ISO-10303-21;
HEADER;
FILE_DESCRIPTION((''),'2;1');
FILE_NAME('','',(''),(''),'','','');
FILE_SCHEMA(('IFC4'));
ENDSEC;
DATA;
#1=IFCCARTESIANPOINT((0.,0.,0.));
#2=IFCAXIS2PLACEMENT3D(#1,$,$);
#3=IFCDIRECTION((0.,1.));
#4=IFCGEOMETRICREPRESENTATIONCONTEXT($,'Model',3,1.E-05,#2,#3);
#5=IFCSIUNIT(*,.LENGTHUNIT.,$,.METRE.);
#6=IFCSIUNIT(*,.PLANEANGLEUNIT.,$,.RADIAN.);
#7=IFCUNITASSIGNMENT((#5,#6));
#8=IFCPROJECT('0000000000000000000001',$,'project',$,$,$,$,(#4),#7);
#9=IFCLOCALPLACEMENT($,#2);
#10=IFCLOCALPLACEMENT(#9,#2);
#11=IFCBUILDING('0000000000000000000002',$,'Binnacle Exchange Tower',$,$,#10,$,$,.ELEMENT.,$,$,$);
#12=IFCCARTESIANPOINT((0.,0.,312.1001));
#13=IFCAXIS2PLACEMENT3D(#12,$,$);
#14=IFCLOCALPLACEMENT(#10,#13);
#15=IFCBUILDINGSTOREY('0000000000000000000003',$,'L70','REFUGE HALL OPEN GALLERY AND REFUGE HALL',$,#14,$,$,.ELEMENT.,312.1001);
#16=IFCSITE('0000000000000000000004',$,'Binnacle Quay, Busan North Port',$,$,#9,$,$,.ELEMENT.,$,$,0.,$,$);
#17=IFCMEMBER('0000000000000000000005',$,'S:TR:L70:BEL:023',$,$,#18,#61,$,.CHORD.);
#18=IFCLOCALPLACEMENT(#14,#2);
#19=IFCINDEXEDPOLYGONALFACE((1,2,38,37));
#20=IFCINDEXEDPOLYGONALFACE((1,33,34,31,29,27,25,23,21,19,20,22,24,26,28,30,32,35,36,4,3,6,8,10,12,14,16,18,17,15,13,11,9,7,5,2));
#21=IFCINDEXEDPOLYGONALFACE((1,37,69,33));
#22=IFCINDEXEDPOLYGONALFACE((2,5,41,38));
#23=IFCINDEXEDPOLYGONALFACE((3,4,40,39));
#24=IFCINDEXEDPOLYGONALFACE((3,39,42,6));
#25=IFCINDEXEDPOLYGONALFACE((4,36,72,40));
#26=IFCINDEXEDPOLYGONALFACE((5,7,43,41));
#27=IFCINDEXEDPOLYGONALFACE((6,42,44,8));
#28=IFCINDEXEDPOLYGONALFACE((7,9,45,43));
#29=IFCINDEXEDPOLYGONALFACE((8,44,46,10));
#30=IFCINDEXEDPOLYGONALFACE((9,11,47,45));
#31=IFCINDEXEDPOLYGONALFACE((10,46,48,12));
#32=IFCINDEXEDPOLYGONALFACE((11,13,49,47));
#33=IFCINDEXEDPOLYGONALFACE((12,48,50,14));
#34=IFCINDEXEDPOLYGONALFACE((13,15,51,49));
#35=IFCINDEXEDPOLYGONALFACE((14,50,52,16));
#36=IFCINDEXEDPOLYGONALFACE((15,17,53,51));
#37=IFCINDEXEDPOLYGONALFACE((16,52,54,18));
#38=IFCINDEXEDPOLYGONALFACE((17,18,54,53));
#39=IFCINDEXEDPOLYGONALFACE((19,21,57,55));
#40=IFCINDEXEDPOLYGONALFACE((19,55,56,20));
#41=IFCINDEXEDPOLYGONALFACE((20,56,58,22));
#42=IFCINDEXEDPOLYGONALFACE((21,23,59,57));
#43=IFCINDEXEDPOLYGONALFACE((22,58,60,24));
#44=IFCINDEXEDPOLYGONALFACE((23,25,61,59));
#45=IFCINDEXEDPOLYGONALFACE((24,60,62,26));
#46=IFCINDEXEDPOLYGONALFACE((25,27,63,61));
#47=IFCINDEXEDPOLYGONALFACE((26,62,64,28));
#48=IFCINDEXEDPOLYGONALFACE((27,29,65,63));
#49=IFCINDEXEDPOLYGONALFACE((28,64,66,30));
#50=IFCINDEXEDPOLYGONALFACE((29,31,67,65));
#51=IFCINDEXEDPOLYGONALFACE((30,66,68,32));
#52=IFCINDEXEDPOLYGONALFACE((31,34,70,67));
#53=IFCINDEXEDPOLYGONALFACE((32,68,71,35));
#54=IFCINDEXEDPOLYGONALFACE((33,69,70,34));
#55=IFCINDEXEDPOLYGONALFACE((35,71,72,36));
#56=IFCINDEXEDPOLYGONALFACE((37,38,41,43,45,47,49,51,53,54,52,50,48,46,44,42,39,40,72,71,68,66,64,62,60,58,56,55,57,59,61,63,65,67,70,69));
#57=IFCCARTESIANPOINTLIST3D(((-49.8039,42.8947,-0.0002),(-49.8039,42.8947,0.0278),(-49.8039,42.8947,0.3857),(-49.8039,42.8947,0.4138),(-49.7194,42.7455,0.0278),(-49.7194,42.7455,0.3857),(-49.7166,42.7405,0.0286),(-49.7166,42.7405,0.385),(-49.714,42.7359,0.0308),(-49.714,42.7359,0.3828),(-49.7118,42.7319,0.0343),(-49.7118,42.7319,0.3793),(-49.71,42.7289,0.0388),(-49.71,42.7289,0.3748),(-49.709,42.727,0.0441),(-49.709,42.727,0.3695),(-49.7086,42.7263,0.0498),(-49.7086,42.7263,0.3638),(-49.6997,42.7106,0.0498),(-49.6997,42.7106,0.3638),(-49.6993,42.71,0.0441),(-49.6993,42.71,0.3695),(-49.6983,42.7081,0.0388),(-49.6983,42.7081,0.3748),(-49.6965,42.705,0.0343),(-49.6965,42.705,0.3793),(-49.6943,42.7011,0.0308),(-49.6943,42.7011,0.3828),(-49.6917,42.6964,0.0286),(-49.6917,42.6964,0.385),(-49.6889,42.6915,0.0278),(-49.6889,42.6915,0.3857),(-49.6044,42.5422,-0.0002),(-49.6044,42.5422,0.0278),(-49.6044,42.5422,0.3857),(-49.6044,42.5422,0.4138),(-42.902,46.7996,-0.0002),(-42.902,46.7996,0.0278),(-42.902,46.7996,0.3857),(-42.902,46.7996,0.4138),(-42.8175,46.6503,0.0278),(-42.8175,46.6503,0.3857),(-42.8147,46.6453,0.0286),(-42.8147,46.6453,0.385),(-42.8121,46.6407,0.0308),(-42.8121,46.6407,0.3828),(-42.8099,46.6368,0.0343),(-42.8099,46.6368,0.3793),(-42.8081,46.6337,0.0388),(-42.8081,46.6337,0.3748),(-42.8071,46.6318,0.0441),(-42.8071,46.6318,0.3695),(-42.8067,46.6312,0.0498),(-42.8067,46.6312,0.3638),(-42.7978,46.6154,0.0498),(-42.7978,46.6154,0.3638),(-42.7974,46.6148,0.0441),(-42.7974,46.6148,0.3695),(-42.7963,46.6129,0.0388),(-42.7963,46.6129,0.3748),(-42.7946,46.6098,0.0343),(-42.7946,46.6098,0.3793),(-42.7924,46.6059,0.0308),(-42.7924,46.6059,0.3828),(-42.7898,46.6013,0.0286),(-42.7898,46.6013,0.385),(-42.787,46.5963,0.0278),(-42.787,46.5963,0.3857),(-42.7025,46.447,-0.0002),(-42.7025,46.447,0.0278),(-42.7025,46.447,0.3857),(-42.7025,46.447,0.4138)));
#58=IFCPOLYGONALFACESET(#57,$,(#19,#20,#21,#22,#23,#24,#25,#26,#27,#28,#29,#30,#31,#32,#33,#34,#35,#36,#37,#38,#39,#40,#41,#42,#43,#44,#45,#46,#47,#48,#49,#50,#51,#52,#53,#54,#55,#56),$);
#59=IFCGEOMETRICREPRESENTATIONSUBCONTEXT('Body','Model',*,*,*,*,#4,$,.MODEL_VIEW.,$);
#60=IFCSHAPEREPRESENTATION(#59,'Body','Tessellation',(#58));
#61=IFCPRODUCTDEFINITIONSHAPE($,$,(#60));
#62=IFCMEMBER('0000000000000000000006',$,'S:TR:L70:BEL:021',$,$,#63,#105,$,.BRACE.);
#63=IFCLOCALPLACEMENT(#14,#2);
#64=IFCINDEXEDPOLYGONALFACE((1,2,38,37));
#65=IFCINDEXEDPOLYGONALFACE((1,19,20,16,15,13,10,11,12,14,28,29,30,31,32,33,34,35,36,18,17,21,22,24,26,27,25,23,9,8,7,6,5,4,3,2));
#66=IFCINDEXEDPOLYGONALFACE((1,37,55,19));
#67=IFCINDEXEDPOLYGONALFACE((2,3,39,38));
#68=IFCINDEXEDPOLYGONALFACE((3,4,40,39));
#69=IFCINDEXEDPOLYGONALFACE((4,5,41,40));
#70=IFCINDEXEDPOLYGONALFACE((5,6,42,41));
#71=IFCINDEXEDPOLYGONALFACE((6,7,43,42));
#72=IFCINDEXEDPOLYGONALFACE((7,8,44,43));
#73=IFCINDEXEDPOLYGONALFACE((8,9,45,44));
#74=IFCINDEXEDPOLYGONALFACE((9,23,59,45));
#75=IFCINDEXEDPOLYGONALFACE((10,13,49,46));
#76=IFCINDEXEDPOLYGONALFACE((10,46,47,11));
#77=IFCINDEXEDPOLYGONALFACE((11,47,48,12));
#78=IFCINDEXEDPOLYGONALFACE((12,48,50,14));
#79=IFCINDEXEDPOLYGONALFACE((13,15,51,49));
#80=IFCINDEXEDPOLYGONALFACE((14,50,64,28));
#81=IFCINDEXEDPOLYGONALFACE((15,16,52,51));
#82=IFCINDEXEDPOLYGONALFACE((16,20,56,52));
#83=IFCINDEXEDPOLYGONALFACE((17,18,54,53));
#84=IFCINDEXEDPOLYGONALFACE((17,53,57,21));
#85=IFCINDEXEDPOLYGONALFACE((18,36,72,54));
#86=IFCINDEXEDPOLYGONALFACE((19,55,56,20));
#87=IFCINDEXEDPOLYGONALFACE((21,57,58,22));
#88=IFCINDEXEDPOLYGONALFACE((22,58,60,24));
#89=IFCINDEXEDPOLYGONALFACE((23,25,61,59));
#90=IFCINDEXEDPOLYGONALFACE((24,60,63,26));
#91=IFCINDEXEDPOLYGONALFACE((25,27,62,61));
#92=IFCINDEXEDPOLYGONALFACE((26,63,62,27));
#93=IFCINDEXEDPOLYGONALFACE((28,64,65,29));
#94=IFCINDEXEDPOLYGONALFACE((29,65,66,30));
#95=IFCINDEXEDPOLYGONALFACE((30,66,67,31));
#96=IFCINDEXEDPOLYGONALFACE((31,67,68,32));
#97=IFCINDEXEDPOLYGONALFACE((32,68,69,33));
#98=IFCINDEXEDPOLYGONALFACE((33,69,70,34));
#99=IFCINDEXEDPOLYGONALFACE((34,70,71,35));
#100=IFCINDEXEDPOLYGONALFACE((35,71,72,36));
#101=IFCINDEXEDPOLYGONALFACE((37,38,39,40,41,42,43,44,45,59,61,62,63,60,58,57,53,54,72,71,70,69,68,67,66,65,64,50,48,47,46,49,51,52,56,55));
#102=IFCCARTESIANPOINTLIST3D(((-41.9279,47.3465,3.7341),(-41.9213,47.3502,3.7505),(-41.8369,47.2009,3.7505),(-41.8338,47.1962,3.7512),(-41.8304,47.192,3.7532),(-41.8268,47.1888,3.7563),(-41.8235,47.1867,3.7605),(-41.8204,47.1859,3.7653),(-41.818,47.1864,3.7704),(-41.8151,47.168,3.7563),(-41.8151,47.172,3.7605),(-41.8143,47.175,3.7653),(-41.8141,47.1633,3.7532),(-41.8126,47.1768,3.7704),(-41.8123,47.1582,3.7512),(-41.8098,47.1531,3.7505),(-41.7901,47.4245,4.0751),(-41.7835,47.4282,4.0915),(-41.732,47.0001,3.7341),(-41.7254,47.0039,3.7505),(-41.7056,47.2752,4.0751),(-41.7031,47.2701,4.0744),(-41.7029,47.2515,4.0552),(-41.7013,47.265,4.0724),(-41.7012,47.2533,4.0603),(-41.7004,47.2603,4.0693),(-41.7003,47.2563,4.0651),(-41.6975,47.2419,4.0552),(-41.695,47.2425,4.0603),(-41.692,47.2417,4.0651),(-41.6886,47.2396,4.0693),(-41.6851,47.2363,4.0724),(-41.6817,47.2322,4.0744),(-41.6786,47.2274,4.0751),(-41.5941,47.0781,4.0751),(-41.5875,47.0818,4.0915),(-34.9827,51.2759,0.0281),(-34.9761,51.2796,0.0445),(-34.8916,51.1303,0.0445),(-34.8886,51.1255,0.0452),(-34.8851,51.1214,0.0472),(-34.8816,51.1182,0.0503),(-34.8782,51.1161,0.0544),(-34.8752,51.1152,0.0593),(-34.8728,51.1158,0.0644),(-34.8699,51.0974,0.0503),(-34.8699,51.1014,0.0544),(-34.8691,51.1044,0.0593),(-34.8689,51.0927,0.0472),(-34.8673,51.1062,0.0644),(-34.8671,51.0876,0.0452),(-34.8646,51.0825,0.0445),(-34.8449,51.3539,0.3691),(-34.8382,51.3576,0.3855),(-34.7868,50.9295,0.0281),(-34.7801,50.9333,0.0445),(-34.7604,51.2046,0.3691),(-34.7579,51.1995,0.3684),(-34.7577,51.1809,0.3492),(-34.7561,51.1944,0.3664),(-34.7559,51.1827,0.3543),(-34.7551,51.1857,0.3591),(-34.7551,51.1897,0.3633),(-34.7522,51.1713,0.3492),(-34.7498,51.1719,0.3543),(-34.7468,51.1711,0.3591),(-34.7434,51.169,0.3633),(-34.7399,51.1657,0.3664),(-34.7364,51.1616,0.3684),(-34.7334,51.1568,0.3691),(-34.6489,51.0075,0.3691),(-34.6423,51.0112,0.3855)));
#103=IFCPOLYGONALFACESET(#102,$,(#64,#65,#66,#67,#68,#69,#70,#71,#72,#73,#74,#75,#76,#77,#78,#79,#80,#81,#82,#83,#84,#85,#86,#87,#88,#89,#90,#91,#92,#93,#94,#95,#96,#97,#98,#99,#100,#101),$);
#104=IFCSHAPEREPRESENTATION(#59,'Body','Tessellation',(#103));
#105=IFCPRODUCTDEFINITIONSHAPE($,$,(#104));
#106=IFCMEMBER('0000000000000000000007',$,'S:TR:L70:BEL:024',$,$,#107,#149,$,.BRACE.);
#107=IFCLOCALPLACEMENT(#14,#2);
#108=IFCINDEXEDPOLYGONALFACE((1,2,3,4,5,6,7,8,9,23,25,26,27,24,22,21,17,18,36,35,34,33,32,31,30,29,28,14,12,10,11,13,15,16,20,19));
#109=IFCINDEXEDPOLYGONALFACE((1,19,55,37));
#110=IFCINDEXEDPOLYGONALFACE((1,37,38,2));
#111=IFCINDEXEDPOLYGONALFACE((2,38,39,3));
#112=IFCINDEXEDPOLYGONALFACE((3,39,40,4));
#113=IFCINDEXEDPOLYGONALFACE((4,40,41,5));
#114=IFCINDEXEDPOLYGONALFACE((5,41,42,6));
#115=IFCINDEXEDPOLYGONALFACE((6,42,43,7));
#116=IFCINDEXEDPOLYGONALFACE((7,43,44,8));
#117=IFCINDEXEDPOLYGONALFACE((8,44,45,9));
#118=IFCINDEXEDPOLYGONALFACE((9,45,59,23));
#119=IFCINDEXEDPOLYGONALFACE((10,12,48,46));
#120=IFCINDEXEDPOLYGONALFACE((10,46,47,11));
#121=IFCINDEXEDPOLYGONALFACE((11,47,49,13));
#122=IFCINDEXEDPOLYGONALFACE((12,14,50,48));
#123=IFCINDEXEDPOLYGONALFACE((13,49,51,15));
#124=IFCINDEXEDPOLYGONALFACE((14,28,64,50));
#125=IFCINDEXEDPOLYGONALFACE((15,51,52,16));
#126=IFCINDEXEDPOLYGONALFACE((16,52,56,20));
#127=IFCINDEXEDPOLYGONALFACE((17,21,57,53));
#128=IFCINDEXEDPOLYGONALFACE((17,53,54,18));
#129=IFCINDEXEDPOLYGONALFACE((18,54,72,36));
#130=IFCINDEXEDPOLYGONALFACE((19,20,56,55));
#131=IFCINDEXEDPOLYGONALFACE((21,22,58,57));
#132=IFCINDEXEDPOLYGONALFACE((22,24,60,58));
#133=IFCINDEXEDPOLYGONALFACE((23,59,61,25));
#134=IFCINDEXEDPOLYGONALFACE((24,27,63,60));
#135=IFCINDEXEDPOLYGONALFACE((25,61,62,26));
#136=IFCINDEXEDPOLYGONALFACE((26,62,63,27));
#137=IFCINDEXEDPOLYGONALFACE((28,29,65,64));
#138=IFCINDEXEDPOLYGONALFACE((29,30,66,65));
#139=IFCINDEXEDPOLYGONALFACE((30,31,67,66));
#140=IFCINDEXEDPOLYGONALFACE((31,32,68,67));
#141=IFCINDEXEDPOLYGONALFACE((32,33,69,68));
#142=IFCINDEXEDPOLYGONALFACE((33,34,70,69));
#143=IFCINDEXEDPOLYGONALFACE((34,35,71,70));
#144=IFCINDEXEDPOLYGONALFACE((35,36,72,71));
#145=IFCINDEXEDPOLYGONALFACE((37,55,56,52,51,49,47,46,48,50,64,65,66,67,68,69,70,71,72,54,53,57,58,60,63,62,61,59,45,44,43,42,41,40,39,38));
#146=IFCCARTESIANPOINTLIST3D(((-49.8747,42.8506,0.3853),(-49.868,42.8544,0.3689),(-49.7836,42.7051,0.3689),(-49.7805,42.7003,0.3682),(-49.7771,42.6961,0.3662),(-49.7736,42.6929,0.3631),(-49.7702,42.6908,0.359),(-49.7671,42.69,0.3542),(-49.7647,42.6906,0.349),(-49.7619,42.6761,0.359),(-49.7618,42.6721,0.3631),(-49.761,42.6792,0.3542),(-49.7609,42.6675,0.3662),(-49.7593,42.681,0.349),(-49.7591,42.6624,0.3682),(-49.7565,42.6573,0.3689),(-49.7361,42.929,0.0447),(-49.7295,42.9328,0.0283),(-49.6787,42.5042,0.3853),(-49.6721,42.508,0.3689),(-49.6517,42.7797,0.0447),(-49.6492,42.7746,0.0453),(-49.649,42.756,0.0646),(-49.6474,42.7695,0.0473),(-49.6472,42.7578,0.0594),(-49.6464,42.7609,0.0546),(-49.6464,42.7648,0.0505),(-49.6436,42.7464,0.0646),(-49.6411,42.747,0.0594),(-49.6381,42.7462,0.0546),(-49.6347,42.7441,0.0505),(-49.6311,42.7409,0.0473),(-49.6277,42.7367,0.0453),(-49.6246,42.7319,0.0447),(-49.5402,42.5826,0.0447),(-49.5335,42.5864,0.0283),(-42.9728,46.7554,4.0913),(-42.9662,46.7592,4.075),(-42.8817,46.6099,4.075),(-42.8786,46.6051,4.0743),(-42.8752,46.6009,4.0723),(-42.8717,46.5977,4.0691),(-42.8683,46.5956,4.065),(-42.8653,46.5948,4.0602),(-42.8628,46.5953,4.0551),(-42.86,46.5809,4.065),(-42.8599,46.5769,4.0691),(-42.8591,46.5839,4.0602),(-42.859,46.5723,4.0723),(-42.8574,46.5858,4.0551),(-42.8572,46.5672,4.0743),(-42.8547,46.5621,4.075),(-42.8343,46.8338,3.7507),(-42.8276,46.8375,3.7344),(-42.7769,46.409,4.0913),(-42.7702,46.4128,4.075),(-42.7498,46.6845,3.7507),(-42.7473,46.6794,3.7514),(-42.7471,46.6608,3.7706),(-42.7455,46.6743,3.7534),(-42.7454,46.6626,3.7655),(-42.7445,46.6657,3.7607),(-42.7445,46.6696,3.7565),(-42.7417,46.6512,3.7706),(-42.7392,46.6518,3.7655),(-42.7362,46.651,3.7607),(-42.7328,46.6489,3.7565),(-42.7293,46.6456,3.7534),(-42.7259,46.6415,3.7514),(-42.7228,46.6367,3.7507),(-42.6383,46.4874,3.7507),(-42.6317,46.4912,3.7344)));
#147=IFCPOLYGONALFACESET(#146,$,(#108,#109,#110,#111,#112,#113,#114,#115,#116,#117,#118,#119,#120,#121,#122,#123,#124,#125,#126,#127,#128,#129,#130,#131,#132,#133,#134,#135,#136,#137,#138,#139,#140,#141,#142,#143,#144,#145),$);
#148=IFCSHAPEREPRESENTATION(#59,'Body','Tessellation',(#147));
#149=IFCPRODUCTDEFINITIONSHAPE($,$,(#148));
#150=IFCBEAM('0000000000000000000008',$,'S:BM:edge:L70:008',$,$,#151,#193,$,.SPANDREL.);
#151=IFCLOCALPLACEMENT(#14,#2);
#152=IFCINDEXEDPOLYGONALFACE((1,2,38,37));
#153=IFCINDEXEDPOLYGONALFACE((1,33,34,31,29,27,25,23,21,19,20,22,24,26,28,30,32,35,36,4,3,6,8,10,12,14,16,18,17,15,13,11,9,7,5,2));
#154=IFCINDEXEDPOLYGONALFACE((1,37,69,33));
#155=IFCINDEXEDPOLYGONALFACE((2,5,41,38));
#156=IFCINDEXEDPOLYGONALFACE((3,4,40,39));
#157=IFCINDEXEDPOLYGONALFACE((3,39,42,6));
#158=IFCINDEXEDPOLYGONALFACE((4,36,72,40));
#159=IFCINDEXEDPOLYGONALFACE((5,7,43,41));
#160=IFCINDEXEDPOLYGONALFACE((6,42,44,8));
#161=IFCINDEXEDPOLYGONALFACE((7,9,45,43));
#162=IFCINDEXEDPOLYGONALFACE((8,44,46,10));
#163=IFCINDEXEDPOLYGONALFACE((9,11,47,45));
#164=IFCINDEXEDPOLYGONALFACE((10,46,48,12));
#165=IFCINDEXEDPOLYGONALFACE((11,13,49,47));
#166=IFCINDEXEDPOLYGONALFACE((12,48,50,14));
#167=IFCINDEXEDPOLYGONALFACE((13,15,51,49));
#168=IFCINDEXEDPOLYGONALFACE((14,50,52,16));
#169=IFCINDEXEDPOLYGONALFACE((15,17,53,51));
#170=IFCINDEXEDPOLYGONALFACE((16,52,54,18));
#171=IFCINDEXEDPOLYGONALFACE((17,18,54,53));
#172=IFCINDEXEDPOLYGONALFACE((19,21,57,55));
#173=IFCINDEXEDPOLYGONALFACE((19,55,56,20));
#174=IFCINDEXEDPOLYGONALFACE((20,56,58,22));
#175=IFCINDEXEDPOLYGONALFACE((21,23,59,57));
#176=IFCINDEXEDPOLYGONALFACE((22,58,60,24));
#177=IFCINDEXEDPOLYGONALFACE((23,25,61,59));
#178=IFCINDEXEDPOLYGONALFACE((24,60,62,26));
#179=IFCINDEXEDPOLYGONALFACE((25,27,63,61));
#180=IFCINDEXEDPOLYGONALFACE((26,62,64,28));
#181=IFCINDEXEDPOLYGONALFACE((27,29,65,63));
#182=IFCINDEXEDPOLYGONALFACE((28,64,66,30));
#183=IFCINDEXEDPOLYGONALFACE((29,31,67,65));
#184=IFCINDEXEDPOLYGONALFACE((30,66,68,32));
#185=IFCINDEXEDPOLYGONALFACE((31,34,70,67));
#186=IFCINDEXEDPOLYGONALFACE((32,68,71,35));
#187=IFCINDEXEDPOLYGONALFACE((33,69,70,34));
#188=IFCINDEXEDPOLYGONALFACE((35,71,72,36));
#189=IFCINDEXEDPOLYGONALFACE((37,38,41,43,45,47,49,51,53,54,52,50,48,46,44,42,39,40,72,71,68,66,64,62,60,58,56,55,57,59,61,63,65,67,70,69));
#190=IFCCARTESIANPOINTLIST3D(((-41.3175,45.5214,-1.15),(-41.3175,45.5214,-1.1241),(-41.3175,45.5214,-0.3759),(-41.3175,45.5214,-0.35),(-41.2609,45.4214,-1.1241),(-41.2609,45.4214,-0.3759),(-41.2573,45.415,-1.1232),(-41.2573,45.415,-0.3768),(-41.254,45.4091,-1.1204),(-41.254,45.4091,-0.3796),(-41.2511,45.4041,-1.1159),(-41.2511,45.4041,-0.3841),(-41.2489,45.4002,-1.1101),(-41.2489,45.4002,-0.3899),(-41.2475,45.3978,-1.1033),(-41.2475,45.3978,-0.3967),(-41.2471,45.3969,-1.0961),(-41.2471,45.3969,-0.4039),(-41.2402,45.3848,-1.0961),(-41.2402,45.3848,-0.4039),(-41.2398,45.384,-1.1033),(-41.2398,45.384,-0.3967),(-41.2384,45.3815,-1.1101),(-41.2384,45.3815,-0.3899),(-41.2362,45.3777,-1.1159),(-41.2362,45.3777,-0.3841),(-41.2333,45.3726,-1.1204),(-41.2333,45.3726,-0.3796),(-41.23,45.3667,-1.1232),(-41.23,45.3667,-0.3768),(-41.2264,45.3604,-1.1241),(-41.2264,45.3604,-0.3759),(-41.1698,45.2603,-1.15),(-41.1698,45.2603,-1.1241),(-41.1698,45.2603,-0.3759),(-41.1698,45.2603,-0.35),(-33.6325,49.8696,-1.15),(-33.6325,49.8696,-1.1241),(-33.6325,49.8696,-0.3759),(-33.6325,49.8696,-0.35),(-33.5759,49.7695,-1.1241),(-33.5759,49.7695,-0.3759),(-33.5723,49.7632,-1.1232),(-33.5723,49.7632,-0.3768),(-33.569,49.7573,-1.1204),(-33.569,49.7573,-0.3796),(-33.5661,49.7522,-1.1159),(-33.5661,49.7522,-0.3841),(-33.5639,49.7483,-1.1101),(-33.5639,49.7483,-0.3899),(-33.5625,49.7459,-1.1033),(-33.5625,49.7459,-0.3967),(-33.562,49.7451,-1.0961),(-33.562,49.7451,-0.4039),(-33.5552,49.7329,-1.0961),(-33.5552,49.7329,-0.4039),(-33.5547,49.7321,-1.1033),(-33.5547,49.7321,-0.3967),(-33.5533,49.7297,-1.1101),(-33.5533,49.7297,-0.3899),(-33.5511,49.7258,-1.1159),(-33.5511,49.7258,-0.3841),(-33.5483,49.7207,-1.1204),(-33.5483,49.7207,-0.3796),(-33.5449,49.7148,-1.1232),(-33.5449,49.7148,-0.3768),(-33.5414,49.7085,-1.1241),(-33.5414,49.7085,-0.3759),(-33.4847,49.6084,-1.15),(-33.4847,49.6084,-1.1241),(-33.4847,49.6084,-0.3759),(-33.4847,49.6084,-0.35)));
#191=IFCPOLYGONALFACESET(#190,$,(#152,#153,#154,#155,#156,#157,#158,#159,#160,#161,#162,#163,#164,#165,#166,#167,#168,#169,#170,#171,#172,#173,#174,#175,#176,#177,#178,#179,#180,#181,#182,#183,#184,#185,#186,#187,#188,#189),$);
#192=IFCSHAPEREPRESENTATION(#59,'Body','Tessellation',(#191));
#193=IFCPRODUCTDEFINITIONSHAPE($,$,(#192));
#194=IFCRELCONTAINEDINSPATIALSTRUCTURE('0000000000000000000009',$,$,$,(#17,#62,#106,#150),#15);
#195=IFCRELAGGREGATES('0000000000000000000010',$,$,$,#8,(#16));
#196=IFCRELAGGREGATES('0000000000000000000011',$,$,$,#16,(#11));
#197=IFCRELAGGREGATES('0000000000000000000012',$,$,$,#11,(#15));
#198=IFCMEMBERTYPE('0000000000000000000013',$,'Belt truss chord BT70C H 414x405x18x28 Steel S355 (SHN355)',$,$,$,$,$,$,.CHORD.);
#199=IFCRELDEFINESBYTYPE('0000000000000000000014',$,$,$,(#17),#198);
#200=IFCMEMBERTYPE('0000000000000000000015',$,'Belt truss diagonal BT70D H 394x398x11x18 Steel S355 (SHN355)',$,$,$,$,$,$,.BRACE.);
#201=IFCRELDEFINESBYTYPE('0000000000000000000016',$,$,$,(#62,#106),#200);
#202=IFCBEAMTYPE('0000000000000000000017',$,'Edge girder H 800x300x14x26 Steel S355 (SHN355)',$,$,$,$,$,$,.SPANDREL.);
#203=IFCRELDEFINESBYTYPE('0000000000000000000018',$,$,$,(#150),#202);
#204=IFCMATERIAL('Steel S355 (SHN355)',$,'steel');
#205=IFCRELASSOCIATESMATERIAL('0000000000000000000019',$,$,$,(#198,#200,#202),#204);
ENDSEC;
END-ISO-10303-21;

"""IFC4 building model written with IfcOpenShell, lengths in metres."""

from ifc_helpers import new_model, si_unit, direction, frame, origin, origin_2d, place, context, subcontext, project, spatial, i_section, extrude, material, material_profile, profile_set, type_object, element, save


model = new_model("IFC4")

# Units and contexts
model_context = context("Model", 3, precision=1e-05, world=origin(), true_north=direction((0.0, 1.0)))
body_context = subcontext(model_context, "Body", "Model", "MODEL_VIEW")
ifc_project = project(units=[si_unit("LENGTHUNIT", "METRE"), si_unit("PLANEANGLEUNIT", "RADIAN")], contexts=[model_context])

# Site, building, storey
site_placement = place(None, origin())
site = spatial("IfcSite", under=ifc_project, at=site_placement, Name="Binnacle Quay, Busan North Port", CompositionType="ELEMENT", RefElevation=0.0)
building_placement = place(site_placement, origin())
building = spatial("IfcBuilding", under=site, at=building_placement, Name="Binnacle Exchange Tower", CompositionType="ELEMENT")
storey_placement = place(building_placement, frame((0.0, 0.0, 312.1001)))
storey = spatial("IfcBuildingStorey", under=building, at=storey_placement, Name="L70", Description="REFUGE HALL OPEN GALLERY AND REFUGE HALL", CompositionType="ELEMENT", Elevation=312.1001)

# Members
ifc_material_1 = material(Name="Steel S355 (SHN355)", Category="steel")
ifc_material_profile_1 = material_profile(ifc_material_1, i_section(OverallWidth=0.405, OverallDepth=0.4141, WebThickness=0.0181, FlangeThickness=0.0281, FilletRadius=0.022, at=origin_2d()), Name="H 414x405x18x28")
ifc_profile_set_1 = profile_set([ifc_material_profile_1], Name="Steel S355 (SHN355)")
member_type_1 = type_object("IfcMemberType", Name="Belt truss chord BT70C H 414x405x18x28 Steel S355 (SHN355)", PredefinedType="CHORD", material=ifc_profile_set_1)
for number, where, z_axis, x_axis, name in (
    (1, (-42.8022, 46.6233, 0.2068), (-0.870361, -0.492414, 0.0), (0.492414, -0.870361, 0.0), "S:TR:L70:BEL:023"),
):
    element("IfcMember", number, at=place(storey_placement, frame(where, z_axis=z_axis, x_axis=x_axis)), inside=storey, type_object=member_type_1, Name=name, PredefinedType="CHORD", context=body_context, shape_type="SweptSolid", body=[
        extrude(i_section(OverallWidth=0.405, OverallDepth=0.4141, WebThickness=0.0181, FlangeThickness=0.0281, FilletRadius=0.022, at=origin_2d()), origin(), (0.0, 0.0, 1.0), 7.9299),
    ])
ifc_material_profile_2 = material_profile(ifc_material_1, i_section(OverallWidth=0.3979, OverallDepth=0.394, WebThickness=0.011, FlangeThickness=0.0181, FilletRadius=0.022, at=origin_2d()), Name="H 394x398x11x18")
ifc_profile_set_2 = profile_set([ifc_material_profile_2], Name="Steel S355 (SHN355)")
member_type_2 = type_object("IfcMemberType", Name="Belt truss diagonal BT70D H 394x398x11x18 Steel S355 (SHN355)", PredefinedType="BRACE", material=ifc_profile_set_2)
member_1_placement = place(storey_placement, frame((-34.8125, 51.1436, 0.2068), z_axis=(-0.789379, -0.446606, 0.421217), x_axis=(0.492421, -0.870357, 0.0)))
element("IfcMember", 2, at=member_1_placement, inside=storey, type_object=member_type_2, Name="S:TR:L70:BEL:021", PredefinedType="BRACE", context=body_context, shape_type="SweptSolid", body=[
    extrude(i_section(OverallWidth=0.3979, OverallDepth=0.394, WebThickness=0.011, FlangeThickness=0.0181, FilletRadius=0.022, at=origin_2d()), origin(), (0.0, 0.0, 1.0), 8.7983),
])
member_2_placement = place(storey_placement, frame((-42.8022, 46.6233, 3.9128), z_axis=(-0.788499, -0.4461, -0.423396), x_axis=(0.492414, -0.870361, 0.0)))
element("IfcMember", 3, at=member_2_placement, inside=storey, type_object=member_type_2, Name="S:TR:L70:BEL:024", PredefinedType="BRACE", context=body_context, shape_type="SweptSolid", body=[
    extrude(i_section(OverallWidth=0.3979, OverallDepth=0.394, WebThickness=0.011, FlangeThickness=0.0181, FilletRadius=0.022, at=origin_2d()), origin(), (0.0, 0.0, 1.0), 8.7532),
])

# Beam
ifc_material_profile_3 = material_profile(ifc_material_1, i_section(OverallWidth=0.3, OverallDepth=0.8, WebThickness=0.0139, FlangeThickness=0.0259, FilletRadius=0.0281, at=origin_2d()), Name="H 800x300x14x26")
ifc_profile_set_3 = profile_set([ifc_material_profile_3], Name="Steel S355 (SHN355)")
beam_type_1 = type_object("IfcBeamType", Name="Edge girder H 800x300x14x26 Steel S355 (SHN355)", PredefinedType="SPANDREL", material=ifc_profile_set_3)
beam_1_placement = place(storey_placement, frame((-41.2437, 45.3909, -0.75), z_axis=(0.870349, 0.492436, 0.0), x_axis=(-0.492436, 0.870349, 0.0)))
element("IfcBeam", 4, at=beam_1_placement, inside=storey, type_object=beam_type_1, Name="S:BM:edge:L70:008", PredefinedType="SPANDREL", context=body_context, shape_type="SweptSolid", body=[
    extrude(i_section(OverallWidth=0.3, OverallDepth=0.8, WebThickness=0.0139, FlangeThickness=0.0259, FilletRadius=0.0281, at=origin_2d()), origin(), (0.0, 0.0, 1.0), 8.8298),
])

save(model, "model.ifc")
